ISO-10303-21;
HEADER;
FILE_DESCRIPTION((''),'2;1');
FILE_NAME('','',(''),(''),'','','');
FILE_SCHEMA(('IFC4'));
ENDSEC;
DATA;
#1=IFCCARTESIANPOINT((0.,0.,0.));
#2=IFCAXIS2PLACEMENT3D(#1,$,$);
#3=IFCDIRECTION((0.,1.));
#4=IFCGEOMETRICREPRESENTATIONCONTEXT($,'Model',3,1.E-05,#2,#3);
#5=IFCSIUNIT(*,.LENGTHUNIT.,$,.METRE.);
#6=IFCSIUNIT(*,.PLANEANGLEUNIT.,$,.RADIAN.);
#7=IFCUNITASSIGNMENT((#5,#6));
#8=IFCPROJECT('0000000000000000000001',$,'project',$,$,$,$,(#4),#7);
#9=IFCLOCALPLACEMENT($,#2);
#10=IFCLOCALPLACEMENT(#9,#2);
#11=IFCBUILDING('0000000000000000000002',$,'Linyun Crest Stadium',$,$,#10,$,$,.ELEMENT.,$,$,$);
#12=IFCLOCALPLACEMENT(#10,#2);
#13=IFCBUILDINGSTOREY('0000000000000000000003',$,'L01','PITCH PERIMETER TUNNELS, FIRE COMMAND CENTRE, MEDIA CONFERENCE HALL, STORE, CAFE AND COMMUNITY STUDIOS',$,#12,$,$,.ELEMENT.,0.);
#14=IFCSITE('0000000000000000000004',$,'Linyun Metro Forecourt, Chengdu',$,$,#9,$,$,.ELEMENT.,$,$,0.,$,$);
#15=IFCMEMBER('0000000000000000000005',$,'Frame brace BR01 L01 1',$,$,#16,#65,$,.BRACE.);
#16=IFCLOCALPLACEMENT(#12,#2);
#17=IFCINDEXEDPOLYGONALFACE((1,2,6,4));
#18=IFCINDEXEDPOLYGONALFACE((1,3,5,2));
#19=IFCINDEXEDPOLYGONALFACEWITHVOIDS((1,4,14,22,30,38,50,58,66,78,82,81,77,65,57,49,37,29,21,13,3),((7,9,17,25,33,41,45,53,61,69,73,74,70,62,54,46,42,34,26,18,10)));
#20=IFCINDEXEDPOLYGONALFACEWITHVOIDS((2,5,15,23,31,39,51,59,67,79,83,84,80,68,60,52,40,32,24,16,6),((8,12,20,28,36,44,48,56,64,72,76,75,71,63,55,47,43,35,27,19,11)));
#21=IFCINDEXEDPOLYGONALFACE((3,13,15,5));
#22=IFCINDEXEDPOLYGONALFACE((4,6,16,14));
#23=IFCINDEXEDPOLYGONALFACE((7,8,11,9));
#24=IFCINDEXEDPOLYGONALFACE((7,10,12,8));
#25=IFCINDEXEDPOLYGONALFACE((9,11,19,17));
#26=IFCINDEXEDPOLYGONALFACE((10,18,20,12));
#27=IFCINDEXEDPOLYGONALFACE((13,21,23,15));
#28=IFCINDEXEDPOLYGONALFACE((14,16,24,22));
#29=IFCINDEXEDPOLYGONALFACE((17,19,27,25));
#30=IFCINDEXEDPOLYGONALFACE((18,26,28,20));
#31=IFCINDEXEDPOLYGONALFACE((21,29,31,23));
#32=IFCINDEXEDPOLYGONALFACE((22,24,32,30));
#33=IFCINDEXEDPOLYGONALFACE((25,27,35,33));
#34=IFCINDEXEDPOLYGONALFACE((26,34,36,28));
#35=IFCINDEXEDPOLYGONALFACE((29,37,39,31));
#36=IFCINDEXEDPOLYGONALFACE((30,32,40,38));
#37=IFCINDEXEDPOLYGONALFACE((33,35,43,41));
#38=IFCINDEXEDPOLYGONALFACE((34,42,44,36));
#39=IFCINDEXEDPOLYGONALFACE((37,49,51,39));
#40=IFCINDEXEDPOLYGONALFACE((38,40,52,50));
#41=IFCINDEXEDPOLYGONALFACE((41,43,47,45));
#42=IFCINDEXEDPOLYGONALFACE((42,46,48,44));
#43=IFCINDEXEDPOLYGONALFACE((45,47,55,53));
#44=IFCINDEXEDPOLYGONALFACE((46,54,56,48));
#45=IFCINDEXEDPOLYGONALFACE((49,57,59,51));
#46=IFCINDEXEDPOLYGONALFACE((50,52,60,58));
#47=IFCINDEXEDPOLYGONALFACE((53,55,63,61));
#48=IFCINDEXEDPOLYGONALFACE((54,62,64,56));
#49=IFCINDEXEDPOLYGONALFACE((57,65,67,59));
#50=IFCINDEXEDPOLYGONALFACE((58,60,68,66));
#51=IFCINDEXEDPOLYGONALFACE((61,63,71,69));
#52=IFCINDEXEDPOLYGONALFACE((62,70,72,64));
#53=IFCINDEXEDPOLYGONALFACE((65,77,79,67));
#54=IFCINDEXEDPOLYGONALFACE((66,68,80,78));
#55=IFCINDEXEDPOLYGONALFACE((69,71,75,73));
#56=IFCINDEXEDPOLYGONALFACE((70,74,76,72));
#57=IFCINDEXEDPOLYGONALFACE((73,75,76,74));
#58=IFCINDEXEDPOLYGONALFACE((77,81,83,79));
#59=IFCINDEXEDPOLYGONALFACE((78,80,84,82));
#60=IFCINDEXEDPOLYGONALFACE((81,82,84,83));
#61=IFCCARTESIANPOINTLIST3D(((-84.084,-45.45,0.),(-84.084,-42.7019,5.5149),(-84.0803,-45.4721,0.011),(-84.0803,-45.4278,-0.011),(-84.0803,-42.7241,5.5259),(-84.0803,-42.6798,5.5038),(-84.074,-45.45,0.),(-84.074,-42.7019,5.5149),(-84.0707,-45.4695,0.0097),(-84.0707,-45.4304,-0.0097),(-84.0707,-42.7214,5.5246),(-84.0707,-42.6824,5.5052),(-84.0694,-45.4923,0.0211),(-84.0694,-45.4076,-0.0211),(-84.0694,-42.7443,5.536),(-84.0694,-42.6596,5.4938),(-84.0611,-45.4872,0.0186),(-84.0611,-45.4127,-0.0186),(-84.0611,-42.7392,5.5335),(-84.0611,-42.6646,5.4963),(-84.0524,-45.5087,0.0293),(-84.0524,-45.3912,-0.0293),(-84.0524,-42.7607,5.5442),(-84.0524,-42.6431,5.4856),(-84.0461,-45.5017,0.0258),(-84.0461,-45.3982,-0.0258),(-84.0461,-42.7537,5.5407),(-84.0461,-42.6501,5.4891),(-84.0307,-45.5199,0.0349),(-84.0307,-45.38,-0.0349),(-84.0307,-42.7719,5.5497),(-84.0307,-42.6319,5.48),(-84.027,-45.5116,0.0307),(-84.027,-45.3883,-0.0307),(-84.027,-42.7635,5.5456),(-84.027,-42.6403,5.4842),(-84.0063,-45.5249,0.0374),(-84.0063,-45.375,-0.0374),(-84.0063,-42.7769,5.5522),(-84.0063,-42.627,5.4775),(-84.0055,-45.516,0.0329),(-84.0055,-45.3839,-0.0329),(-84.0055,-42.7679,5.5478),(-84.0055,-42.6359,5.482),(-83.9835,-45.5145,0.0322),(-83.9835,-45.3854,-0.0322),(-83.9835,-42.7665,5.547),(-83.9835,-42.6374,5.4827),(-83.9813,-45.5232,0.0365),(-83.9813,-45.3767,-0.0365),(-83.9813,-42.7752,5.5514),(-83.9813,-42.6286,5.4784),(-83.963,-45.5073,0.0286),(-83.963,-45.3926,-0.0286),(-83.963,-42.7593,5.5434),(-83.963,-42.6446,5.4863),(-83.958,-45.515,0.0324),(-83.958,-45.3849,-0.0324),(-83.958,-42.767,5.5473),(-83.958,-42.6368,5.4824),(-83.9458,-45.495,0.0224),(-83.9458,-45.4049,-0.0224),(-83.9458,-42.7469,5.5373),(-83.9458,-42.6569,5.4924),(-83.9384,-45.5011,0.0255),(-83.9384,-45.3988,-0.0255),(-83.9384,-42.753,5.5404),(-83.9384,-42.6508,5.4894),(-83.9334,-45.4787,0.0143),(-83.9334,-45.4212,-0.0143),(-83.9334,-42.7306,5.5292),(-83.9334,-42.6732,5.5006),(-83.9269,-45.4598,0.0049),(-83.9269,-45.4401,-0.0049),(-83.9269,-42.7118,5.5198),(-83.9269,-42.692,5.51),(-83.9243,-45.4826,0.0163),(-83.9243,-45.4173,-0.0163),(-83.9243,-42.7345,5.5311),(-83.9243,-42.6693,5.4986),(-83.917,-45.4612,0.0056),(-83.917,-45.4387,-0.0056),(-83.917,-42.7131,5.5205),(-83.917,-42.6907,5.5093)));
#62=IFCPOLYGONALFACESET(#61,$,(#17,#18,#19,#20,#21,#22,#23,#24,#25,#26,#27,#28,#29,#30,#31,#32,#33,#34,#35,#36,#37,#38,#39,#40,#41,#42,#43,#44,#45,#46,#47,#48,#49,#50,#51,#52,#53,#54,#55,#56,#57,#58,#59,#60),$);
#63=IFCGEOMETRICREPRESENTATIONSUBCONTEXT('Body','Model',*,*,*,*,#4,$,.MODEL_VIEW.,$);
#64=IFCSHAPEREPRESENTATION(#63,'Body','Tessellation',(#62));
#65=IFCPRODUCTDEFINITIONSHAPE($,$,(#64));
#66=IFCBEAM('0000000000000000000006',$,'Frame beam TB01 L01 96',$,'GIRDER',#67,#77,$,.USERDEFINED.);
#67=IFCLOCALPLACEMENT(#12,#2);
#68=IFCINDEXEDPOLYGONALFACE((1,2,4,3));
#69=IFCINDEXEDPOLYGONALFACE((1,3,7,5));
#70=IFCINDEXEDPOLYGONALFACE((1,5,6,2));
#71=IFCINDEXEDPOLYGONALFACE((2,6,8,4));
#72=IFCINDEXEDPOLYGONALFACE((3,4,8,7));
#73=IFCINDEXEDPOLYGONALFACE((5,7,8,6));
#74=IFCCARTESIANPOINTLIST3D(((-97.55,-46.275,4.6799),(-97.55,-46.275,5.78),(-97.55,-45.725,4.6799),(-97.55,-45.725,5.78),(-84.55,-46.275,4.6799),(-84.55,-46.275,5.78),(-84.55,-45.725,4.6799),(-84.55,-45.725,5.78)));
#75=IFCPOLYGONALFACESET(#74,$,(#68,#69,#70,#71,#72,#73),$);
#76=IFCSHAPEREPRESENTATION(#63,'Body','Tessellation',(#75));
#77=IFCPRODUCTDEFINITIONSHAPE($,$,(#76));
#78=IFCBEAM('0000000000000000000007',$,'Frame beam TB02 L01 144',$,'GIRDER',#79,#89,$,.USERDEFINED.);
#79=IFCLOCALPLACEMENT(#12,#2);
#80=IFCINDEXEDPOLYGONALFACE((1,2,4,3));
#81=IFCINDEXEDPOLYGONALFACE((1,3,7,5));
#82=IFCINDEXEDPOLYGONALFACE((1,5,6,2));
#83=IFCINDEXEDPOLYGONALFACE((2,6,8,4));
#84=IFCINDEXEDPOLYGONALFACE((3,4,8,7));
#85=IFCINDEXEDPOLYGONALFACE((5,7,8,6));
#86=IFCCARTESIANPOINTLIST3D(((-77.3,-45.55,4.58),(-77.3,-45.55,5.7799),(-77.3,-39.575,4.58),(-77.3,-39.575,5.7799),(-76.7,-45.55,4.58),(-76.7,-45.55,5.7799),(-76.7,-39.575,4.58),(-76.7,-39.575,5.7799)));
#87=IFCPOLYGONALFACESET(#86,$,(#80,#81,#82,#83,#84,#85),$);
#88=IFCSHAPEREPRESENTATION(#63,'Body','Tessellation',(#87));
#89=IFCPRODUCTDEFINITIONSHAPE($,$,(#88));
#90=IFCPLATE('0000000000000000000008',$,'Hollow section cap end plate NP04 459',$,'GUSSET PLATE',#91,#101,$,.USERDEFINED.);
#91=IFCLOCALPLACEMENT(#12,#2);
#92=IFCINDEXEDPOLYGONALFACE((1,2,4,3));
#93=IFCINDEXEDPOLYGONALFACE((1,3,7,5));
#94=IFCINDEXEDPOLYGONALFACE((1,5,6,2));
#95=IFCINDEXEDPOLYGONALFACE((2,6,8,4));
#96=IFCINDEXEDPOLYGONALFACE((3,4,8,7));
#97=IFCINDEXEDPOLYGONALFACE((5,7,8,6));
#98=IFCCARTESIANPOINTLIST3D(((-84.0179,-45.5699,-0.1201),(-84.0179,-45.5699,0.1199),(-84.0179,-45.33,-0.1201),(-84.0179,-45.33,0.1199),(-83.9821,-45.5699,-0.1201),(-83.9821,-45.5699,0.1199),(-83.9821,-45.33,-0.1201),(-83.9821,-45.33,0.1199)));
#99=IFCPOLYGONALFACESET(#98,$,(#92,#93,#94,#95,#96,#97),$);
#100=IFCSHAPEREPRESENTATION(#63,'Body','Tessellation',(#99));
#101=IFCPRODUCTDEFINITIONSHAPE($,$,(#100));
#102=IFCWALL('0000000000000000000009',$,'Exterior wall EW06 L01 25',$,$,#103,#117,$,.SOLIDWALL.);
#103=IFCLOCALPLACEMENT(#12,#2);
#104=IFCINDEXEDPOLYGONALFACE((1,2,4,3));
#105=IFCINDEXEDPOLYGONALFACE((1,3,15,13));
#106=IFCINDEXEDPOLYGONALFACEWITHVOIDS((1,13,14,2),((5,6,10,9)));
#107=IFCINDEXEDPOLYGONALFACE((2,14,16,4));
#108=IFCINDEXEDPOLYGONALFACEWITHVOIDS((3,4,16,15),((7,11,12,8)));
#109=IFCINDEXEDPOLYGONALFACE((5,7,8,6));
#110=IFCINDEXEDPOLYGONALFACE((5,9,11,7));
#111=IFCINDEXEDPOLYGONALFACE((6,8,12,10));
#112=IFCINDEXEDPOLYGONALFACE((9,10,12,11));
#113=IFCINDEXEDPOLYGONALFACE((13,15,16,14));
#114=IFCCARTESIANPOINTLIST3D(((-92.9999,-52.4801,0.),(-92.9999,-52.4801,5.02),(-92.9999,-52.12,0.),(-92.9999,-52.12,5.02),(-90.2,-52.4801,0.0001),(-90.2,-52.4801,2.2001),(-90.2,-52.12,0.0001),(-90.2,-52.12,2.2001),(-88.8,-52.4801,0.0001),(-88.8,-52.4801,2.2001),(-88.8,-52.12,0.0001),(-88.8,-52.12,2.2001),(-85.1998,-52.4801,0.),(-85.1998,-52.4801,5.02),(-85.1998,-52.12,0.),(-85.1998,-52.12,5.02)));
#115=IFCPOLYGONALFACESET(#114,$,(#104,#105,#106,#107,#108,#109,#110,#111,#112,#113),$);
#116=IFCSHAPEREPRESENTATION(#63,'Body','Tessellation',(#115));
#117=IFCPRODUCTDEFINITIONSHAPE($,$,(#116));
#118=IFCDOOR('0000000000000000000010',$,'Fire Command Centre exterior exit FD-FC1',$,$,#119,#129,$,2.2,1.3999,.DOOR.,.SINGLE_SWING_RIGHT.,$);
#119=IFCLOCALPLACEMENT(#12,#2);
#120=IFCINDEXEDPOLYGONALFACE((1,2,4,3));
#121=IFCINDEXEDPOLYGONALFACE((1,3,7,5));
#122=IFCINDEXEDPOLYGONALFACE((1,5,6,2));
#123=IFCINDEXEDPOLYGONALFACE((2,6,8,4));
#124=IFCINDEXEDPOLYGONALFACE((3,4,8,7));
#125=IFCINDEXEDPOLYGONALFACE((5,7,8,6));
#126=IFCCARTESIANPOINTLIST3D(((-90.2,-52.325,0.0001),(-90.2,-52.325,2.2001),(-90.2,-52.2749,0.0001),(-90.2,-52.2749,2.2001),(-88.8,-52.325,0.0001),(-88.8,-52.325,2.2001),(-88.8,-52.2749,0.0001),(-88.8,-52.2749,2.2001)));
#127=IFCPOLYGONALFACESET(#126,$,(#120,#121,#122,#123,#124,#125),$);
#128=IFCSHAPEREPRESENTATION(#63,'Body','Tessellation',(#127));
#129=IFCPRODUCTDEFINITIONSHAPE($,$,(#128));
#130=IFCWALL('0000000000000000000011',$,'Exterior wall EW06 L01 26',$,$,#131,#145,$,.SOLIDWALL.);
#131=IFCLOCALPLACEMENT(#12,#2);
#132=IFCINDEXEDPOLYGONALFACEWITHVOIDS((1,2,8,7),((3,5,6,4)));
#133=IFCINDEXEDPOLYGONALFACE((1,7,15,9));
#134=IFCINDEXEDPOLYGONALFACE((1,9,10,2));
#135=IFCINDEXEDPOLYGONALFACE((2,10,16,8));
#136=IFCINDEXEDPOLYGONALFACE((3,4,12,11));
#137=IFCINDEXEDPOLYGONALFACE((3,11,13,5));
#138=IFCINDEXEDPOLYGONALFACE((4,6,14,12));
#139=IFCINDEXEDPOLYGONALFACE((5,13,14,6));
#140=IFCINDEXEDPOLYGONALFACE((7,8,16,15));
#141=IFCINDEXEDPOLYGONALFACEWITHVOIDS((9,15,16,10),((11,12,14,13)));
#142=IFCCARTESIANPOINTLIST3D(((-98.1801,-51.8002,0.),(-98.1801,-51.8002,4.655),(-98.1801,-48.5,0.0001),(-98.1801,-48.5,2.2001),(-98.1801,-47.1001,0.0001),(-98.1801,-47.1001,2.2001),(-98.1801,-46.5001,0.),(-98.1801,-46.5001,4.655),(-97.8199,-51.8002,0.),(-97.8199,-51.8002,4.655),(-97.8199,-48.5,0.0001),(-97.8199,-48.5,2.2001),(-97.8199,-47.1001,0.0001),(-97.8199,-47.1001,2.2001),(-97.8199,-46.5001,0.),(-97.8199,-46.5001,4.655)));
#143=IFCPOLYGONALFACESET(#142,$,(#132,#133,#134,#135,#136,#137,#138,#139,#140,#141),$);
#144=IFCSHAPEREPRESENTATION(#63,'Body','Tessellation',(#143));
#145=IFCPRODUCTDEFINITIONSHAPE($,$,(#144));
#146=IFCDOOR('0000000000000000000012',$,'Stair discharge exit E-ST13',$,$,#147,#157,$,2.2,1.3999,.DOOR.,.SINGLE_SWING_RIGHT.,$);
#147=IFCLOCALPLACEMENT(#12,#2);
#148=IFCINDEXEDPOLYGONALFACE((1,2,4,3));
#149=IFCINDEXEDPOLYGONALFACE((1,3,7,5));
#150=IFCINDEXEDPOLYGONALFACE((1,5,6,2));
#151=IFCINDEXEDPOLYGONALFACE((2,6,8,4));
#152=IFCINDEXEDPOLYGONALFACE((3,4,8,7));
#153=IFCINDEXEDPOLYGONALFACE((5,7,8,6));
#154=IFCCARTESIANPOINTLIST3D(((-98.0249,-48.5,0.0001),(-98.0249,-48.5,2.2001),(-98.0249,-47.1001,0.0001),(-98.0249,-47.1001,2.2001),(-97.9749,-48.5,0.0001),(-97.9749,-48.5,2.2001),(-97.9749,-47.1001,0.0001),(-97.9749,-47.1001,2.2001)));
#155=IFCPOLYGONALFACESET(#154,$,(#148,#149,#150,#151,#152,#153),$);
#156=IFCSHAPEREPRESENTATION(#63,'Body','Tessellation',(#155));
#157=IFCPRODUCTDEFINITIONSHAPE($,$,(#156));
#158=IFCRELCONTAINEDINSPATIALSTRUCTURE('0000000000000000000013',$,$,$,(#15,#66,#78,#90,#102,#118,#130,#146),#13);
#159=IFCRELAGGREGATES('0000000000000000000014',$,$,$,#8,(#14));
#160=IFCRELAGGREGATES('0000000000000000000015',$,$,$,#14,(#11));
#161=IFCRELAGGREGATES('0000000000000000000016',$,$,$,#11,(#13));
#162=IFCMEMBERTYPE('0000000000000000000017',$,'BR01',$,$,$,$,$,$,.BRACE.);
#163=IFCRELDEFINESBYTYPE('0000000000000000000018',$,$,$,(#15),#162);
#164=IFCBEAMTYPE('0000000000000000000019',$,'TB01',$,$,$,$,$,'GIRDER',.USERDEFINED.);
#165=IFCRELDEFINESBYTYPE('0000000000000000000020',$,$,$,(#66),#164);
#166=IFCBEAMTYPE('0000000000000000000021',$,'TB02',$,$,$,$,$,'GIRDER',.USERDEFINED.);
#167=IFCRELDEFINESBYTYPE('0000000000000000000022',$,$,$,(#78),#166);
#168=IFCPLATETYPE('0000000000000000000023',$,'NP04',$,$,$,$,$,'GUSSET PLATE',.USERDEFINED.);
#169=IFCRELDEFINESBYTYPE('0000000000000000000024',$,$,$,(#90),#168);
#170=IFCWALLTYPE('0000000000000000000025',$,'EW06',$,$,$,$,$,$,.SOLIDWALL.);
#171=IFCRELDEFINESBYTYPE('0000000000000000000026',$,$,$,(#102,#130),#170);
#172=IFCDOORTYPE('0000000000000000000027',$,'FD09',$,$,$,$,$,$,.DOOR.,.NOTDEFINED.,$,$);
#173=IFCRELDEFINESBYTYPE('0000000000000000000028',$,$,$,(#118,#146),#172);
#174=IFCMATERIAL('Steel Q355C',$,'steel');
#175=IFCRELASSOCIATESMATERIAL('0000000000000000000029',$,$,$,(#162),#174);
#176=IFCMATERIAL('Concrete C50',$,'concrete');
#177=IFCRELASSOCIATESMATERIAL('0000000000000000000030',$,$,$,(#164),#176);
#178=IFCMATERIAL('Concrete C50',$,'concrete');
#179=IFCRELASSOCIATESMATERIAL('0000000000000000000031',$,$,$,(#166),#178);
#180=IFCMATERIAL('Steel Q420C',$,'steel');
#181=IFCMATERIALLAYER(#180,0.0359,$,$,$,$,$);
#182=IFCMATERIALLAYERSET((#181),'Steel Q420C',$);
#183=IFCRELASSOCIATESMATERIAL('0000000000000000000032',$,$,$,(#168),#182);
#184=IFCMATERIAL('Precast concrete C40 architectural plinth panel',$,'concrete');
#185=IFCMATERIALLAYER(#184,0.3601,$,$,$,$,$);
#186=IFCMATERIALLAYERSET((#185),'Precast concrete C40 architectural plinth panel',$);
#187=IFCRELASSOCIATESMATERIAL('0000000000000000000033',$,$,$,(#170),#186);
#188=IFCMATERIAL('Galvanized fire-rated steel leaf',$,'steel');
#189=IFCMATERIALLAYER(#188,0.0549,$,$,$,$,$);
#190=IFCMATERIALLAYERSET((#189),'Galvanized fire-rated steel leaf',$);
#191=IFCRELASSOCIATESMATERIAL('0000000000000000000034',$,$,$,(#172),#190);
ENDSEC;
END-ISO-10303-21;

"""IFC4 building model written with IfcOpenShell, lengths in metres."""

from ifc_helpers import new_model, si_unit, direction, frame, frame_2d, origin, origin_2d, place, context, subcontext, project, spatial, rectangle, hollow_circle, extrude, material, layer, layer_set, material_profile, profile_set, type_object, element, fill, save


model = new_model("IFC4")

# Units and contexts
model_context = context("Model", 3, precision=1e-05, world=origin(), true_north=direction((0.0, 1.0)))
body_context = subcontext(model_context, "Body", "Model", "MODEL_VIEW")
ifc_project = project(units=[si_unit("LENGTHUNIT", "METRE"), si_unit("PLANEANGLEUNIT", "RADIAN")], contexts=[model_context])

# Site, building, storey
site_placement = place(None, origin())
site = spatial("IfcSite", under=ifc_project, at=site_placement, Name="Linyun Metro Forecourt, Chengdu", CompositionType="ELEMENT", RefElevation=0.0)
building_placement = place(site_placement, origin())
building = spatial("IfcBuilding", under=site, at=building_placement, Name="Linyun Crest Stadium", CompositionType="ELEMENT")
storey_placement = place(building_placement, origin())
storey = spatial("IfcBuildingStorey", under=building, at=storey_placement, Name="L01", Description="PITCH PERIMETER TUNNELS, FIRE COMMAND CENTRE, MEDIA CONFERENCE HALL, STORE, CAFE AND COMMUNITY STUDIOS", CompositionType="ELEMENT", Elevation=0.0)

# Member
ifc_material_1 = material(Name="Steel Q355C", Category="steel")
ifc_material_profile_1 = material_profile(ifc_material_1, hollow_circle(Radius=0.084, WallThickness=0.01, at=origin_2d()), Name="CHS 168x10")
ifc_profile_set_1 = profile_set([ifc_material_profile_1], Name="Steel Q355C")
member_type = type_object("IfcMemberType", Name="BR01", PredefinedType="BRACE", material=ifc_profile_set_1)
member_placement = place(storey_placement, frame((-84.0, -45.45, 0.0), z_axis=(0.0, 0.445993, 0.895037), x_axis=(-1.0, 0.0, 0.0)))
element("IfcMember", 1, at=member_placement, inside=storey, type_object=member_type, Name="Frame brace BR01 L01 1", PredefinedType="BRACE", context=body_context, shape_type="SweptSolid", body=[
    extrude(hollow_circle(Radius=0.084, WallThickness=0.01, at=origin_2d()), origin(), (0.0, 0.0, 1.0), 6.1616),
])

# Beams
ifc_material_2 = material(Name="Concrete C50", Category="concrete")
ifc_material_profile_2 = material_profile(ifc_material_2, rectangle(XDim=0.55, YDim=1.1001, at=origin_2d()), Name="RCB 1100x550")
ifc_profile_set_2 = profile_set([ifc_material_profile_2], Name="Concrete C50")
beam_type_1 = type_object("IfcBeamType", Name="TB01", ElementType="GIRDER", PredefinedType="USERDEFINED", material=ifc_profile_set_2)
beam_1_placement = place(storey_placement, frame((-97.55, -46.0, 5.23), z_axis=(1.0, 0.0, 0.0), x_axis=(0.0, 1.0, 0.0)))
element("IfcBeam", 2, at=beam_1_placement, inside=storey, type_object=beam_type_1, Name="Frame beam TB01 L01 96", ObjectType="GIRDER", PredefinedType="USERDEFINED", context=body_context, shape_type="SweptSolid", body=[
    extrude(rectangle(XDim=0.55, YDim=1.1001, at=origin_2d()), origin(), (0.0, 0.0, 1.0), 13.0),
])
ifc_material_3 = material(Name="Concrete C50", Category="concrete")
ifc_material_profile_3 = material_profile(ifc_material_3, rectangle(XDim=0.6001, YDim=1.2, at=origin_2d()), Name="RCB 1200x600")
ifc_profile_set_3 = profile_set([ifc_material_profile_3], Name="Concrete C50")
beam_type_2 = type_object("IfcBeamType", Name="TB02", ElementType="GIRDER", PredefinedType="USERDEFINED", material=ifc_profile_set_3)
beam_2_placement = place(storey_placement, frame((-77.0, -45.55, 5.1799), z_axis=(0.0, 1.0, 0.0), x_axis=(-1.0, 0.0, 0.0)))
element("IfcBeam", 3, at=beam_2_placement, inside=storey, type_object=beam_type_2, Name="Frame beam TB02 L01 144", ObjectType="GIRDER", PredefinedType="USERDEFINED", context=body_context, shape_type="SweptSolid", body=[
    extrude(rectangle(XDim=0.6001, YDim=1.2, at=origin_2d()), origin(), (0.0, 0.0, 1.0), 5.9751),
])

# Plate
ifc_material_4 = material(Name="Steel Q420C", Category="steel")
ifc_layer_1 = layer(ifc_material_4, 0.0359)
ifc_layer_set_1 = layer_set([ifc_layer_1], Name="Steel Q420C")
plate_type = type_object("IfcPlateType", Name="NP04", ElementType="GUSSET PLATE", PredefinedType="USERDEFINED", material=ifc_layer_set_1)
plate_placement = place(storey_placement, frame((-84.0, -45.45, -0.1201), z_axis=(0.0, 0.0, 1.0), x_axis=(0.0, 1.0, 0.0)))
element("IfcPlate", 4, at=plate_placement, inside=storey, type_object=plate_type, Name="Hollow section cap end plate NP04 459", ObjectType="GUSSET PLATE", PredefinedType="USERDEFINED", context=body_context, shape_type="SweptSolid", body=[
    extrude(rectangle(XDim=0.24, YDim=0.0359, at=origin_2d()), origin(), (0.0, 0.0, 1.0), 0.24),
])

# Walls, openings, doors
ifc_material_5 = material(Name="Precast concrete C40 architectural plinth panel", Category="concrete")
ifc_layer_2 = layer(ifc_material_5, 0.3601)
ifc_layer_set_2 = layer_set([ifc_layer_2], Name="Precast concrete C40 architectural plinth panel")
wall_type_1 = type_object("IfcWallType", Name="EW06", PredefinedType="SOLIDWALL", material=ifc_layer_set_2)
wall_1_placement = place(storey_placement, frame((-85.2, -52.3, 0.0), z_axis=(0.0, 0.0, 1.0), x_axis=(-1.0, 0.0, 0.0)))
wall_1 = element("IfcWall", 5, at=wall_1_placement, inside=storey, type_object=wall_type_1, Name="Exterior wall EW06 L01 25", PredefinedType="SOLIDWALL", context=body_context, shape_type="SweptSolid", body=[
    extrude(rectangle(XDim=7.8, YDim=0.3601, at=frame_2d((3.8999, 0.0))), origin(), (0.0, 0.0, 1.0), 5.02),
])
opening_1_placement = place(wall_1_placement, frame((3.6001, 0.0, 0.0)))
opening_1 = element("IfcOpeningElement", 6, at=opening_1_placement, cuts=wall_1, PredefinedType="OPENING", context=body_context, shape_type="SweptSolid", body=[
    extrude(rectangle(XDim=1.3999, YDim=2.2, at=frame_2d((0.7, 1.1001))), frame((0.0, 0.1899, 0.0), z_axis=(0.0, -1.0, 0.0), x_axis=(1.0, 0.0, 0.0)), (0.0, 0.0, 1.0), 0.3801),
])
ifc_material_6 = material(Name="Galvanized fire-rated steel leaf", Category="steel")
ifc_layer_3 = layer(ifc_material_6, 0.0549)
ifc_layer_set_3 = layer_set([ifc_layer_3], Name="Galvanized fire-rated steel leaf")
door_type_1 = type_object("IfcDoorType", Name="FD09", OperationType="NOTDEFINED", PredefinedType="DOOR", material=ifc_layer_set_3)
door_1_placement = place(opening_1_placement, origin())
door_1 = element("IfcDoor", 7, at=door_1_placement, inside=storey, type_object=door_type_1, Name="Fire Command Centre exterior exit FD-FC1", OperationType="SINGLE_SWING_RIGHT", OverallHeight=2.2, OverallWidth=1.3999, PredefinedType="DOOR", context=body_context, shape_type="SweptSolid", body=[
    extrude(rectangle(XDim=1.3999, YDim=2.2, at=frame_2d((0.7, 1.1001))), frame((0.0, 0.0249, 0.0), z_axis=(0.0, -1.0, 0.0), x_axis=(1.0, 0.0, 0.0)), (0.0, 0.0, 1.0), 0.05),
])
fill(opening_1, door_1)
wall_2_placement = place(storey_placement, frame((-98.0, -51.8, 0.0), z_axis=(0.0, 0.0, 1.0), x_axis=(0.0, 1.0, 0.0)))
wall_2 = element("IfcWall", 8, at=wall_2_placement, inside=storey, type_object=wall_type_1, Name="Exterior wall EW06 L01 26", PredefinedType="SOLIDWALL", context=body_context, shape_type="SweptSolid", body=[
    extrude(rectangle(XDim=5.3, YDim=0.3601, at=frame_2d((2.6499, 0.0))), origin(), (0.0, 0.0, 1.0), 4.655),
])
opening_2_placement = place(wall_2_placement, frame((3.3, 0.0, 0.0)))
opening_2 = element("IfcOpeningElement", 9, at=opening_2_placement, cuts=wall_2, PredefinedType="OPENING", context=body_context, shape_type="SweptSolid", body=[
    extrude(rectangle(XDim=1.3999, YDim=2.2, at=frame_2d((0.7, 1.1001))), frame((0.0, 0.1899, 0.0), z_axis=(0.0, -1.0, 0.0), x_axis=(1.0, 0.0, 0.0)), (0.0, 0.0, 1.0), 0.3801),
])
door_2_placement = place(opening_2_placement, origin())
door_2 = element("IfcDoor", 10, at=door_2_placement, inside=storey, type_object=door_type_1, Name="Stair discharge exit E-ST13", OperationType="SINGLE_SWING_RIGHT", OverallHeight=2.2, OverallWidth=1.3999, PredefinedType="DOOR", context=body_context, shape_type="SweptSolid", body=[
    extrude(rectangle(XDim=1.3999, YDim=2.2, at=frame_2d((0.7, 1.1001))), frame((0.0, 0.0249, 0.0), z_axis=(0.0, -1.0, 0.0), x_axis=(1.0, 0.0, 0.0)), (0.0, 0.0, 1.0), 0.05),
])
fill(opening_2, door_2)

save(model, "model.ifc")
